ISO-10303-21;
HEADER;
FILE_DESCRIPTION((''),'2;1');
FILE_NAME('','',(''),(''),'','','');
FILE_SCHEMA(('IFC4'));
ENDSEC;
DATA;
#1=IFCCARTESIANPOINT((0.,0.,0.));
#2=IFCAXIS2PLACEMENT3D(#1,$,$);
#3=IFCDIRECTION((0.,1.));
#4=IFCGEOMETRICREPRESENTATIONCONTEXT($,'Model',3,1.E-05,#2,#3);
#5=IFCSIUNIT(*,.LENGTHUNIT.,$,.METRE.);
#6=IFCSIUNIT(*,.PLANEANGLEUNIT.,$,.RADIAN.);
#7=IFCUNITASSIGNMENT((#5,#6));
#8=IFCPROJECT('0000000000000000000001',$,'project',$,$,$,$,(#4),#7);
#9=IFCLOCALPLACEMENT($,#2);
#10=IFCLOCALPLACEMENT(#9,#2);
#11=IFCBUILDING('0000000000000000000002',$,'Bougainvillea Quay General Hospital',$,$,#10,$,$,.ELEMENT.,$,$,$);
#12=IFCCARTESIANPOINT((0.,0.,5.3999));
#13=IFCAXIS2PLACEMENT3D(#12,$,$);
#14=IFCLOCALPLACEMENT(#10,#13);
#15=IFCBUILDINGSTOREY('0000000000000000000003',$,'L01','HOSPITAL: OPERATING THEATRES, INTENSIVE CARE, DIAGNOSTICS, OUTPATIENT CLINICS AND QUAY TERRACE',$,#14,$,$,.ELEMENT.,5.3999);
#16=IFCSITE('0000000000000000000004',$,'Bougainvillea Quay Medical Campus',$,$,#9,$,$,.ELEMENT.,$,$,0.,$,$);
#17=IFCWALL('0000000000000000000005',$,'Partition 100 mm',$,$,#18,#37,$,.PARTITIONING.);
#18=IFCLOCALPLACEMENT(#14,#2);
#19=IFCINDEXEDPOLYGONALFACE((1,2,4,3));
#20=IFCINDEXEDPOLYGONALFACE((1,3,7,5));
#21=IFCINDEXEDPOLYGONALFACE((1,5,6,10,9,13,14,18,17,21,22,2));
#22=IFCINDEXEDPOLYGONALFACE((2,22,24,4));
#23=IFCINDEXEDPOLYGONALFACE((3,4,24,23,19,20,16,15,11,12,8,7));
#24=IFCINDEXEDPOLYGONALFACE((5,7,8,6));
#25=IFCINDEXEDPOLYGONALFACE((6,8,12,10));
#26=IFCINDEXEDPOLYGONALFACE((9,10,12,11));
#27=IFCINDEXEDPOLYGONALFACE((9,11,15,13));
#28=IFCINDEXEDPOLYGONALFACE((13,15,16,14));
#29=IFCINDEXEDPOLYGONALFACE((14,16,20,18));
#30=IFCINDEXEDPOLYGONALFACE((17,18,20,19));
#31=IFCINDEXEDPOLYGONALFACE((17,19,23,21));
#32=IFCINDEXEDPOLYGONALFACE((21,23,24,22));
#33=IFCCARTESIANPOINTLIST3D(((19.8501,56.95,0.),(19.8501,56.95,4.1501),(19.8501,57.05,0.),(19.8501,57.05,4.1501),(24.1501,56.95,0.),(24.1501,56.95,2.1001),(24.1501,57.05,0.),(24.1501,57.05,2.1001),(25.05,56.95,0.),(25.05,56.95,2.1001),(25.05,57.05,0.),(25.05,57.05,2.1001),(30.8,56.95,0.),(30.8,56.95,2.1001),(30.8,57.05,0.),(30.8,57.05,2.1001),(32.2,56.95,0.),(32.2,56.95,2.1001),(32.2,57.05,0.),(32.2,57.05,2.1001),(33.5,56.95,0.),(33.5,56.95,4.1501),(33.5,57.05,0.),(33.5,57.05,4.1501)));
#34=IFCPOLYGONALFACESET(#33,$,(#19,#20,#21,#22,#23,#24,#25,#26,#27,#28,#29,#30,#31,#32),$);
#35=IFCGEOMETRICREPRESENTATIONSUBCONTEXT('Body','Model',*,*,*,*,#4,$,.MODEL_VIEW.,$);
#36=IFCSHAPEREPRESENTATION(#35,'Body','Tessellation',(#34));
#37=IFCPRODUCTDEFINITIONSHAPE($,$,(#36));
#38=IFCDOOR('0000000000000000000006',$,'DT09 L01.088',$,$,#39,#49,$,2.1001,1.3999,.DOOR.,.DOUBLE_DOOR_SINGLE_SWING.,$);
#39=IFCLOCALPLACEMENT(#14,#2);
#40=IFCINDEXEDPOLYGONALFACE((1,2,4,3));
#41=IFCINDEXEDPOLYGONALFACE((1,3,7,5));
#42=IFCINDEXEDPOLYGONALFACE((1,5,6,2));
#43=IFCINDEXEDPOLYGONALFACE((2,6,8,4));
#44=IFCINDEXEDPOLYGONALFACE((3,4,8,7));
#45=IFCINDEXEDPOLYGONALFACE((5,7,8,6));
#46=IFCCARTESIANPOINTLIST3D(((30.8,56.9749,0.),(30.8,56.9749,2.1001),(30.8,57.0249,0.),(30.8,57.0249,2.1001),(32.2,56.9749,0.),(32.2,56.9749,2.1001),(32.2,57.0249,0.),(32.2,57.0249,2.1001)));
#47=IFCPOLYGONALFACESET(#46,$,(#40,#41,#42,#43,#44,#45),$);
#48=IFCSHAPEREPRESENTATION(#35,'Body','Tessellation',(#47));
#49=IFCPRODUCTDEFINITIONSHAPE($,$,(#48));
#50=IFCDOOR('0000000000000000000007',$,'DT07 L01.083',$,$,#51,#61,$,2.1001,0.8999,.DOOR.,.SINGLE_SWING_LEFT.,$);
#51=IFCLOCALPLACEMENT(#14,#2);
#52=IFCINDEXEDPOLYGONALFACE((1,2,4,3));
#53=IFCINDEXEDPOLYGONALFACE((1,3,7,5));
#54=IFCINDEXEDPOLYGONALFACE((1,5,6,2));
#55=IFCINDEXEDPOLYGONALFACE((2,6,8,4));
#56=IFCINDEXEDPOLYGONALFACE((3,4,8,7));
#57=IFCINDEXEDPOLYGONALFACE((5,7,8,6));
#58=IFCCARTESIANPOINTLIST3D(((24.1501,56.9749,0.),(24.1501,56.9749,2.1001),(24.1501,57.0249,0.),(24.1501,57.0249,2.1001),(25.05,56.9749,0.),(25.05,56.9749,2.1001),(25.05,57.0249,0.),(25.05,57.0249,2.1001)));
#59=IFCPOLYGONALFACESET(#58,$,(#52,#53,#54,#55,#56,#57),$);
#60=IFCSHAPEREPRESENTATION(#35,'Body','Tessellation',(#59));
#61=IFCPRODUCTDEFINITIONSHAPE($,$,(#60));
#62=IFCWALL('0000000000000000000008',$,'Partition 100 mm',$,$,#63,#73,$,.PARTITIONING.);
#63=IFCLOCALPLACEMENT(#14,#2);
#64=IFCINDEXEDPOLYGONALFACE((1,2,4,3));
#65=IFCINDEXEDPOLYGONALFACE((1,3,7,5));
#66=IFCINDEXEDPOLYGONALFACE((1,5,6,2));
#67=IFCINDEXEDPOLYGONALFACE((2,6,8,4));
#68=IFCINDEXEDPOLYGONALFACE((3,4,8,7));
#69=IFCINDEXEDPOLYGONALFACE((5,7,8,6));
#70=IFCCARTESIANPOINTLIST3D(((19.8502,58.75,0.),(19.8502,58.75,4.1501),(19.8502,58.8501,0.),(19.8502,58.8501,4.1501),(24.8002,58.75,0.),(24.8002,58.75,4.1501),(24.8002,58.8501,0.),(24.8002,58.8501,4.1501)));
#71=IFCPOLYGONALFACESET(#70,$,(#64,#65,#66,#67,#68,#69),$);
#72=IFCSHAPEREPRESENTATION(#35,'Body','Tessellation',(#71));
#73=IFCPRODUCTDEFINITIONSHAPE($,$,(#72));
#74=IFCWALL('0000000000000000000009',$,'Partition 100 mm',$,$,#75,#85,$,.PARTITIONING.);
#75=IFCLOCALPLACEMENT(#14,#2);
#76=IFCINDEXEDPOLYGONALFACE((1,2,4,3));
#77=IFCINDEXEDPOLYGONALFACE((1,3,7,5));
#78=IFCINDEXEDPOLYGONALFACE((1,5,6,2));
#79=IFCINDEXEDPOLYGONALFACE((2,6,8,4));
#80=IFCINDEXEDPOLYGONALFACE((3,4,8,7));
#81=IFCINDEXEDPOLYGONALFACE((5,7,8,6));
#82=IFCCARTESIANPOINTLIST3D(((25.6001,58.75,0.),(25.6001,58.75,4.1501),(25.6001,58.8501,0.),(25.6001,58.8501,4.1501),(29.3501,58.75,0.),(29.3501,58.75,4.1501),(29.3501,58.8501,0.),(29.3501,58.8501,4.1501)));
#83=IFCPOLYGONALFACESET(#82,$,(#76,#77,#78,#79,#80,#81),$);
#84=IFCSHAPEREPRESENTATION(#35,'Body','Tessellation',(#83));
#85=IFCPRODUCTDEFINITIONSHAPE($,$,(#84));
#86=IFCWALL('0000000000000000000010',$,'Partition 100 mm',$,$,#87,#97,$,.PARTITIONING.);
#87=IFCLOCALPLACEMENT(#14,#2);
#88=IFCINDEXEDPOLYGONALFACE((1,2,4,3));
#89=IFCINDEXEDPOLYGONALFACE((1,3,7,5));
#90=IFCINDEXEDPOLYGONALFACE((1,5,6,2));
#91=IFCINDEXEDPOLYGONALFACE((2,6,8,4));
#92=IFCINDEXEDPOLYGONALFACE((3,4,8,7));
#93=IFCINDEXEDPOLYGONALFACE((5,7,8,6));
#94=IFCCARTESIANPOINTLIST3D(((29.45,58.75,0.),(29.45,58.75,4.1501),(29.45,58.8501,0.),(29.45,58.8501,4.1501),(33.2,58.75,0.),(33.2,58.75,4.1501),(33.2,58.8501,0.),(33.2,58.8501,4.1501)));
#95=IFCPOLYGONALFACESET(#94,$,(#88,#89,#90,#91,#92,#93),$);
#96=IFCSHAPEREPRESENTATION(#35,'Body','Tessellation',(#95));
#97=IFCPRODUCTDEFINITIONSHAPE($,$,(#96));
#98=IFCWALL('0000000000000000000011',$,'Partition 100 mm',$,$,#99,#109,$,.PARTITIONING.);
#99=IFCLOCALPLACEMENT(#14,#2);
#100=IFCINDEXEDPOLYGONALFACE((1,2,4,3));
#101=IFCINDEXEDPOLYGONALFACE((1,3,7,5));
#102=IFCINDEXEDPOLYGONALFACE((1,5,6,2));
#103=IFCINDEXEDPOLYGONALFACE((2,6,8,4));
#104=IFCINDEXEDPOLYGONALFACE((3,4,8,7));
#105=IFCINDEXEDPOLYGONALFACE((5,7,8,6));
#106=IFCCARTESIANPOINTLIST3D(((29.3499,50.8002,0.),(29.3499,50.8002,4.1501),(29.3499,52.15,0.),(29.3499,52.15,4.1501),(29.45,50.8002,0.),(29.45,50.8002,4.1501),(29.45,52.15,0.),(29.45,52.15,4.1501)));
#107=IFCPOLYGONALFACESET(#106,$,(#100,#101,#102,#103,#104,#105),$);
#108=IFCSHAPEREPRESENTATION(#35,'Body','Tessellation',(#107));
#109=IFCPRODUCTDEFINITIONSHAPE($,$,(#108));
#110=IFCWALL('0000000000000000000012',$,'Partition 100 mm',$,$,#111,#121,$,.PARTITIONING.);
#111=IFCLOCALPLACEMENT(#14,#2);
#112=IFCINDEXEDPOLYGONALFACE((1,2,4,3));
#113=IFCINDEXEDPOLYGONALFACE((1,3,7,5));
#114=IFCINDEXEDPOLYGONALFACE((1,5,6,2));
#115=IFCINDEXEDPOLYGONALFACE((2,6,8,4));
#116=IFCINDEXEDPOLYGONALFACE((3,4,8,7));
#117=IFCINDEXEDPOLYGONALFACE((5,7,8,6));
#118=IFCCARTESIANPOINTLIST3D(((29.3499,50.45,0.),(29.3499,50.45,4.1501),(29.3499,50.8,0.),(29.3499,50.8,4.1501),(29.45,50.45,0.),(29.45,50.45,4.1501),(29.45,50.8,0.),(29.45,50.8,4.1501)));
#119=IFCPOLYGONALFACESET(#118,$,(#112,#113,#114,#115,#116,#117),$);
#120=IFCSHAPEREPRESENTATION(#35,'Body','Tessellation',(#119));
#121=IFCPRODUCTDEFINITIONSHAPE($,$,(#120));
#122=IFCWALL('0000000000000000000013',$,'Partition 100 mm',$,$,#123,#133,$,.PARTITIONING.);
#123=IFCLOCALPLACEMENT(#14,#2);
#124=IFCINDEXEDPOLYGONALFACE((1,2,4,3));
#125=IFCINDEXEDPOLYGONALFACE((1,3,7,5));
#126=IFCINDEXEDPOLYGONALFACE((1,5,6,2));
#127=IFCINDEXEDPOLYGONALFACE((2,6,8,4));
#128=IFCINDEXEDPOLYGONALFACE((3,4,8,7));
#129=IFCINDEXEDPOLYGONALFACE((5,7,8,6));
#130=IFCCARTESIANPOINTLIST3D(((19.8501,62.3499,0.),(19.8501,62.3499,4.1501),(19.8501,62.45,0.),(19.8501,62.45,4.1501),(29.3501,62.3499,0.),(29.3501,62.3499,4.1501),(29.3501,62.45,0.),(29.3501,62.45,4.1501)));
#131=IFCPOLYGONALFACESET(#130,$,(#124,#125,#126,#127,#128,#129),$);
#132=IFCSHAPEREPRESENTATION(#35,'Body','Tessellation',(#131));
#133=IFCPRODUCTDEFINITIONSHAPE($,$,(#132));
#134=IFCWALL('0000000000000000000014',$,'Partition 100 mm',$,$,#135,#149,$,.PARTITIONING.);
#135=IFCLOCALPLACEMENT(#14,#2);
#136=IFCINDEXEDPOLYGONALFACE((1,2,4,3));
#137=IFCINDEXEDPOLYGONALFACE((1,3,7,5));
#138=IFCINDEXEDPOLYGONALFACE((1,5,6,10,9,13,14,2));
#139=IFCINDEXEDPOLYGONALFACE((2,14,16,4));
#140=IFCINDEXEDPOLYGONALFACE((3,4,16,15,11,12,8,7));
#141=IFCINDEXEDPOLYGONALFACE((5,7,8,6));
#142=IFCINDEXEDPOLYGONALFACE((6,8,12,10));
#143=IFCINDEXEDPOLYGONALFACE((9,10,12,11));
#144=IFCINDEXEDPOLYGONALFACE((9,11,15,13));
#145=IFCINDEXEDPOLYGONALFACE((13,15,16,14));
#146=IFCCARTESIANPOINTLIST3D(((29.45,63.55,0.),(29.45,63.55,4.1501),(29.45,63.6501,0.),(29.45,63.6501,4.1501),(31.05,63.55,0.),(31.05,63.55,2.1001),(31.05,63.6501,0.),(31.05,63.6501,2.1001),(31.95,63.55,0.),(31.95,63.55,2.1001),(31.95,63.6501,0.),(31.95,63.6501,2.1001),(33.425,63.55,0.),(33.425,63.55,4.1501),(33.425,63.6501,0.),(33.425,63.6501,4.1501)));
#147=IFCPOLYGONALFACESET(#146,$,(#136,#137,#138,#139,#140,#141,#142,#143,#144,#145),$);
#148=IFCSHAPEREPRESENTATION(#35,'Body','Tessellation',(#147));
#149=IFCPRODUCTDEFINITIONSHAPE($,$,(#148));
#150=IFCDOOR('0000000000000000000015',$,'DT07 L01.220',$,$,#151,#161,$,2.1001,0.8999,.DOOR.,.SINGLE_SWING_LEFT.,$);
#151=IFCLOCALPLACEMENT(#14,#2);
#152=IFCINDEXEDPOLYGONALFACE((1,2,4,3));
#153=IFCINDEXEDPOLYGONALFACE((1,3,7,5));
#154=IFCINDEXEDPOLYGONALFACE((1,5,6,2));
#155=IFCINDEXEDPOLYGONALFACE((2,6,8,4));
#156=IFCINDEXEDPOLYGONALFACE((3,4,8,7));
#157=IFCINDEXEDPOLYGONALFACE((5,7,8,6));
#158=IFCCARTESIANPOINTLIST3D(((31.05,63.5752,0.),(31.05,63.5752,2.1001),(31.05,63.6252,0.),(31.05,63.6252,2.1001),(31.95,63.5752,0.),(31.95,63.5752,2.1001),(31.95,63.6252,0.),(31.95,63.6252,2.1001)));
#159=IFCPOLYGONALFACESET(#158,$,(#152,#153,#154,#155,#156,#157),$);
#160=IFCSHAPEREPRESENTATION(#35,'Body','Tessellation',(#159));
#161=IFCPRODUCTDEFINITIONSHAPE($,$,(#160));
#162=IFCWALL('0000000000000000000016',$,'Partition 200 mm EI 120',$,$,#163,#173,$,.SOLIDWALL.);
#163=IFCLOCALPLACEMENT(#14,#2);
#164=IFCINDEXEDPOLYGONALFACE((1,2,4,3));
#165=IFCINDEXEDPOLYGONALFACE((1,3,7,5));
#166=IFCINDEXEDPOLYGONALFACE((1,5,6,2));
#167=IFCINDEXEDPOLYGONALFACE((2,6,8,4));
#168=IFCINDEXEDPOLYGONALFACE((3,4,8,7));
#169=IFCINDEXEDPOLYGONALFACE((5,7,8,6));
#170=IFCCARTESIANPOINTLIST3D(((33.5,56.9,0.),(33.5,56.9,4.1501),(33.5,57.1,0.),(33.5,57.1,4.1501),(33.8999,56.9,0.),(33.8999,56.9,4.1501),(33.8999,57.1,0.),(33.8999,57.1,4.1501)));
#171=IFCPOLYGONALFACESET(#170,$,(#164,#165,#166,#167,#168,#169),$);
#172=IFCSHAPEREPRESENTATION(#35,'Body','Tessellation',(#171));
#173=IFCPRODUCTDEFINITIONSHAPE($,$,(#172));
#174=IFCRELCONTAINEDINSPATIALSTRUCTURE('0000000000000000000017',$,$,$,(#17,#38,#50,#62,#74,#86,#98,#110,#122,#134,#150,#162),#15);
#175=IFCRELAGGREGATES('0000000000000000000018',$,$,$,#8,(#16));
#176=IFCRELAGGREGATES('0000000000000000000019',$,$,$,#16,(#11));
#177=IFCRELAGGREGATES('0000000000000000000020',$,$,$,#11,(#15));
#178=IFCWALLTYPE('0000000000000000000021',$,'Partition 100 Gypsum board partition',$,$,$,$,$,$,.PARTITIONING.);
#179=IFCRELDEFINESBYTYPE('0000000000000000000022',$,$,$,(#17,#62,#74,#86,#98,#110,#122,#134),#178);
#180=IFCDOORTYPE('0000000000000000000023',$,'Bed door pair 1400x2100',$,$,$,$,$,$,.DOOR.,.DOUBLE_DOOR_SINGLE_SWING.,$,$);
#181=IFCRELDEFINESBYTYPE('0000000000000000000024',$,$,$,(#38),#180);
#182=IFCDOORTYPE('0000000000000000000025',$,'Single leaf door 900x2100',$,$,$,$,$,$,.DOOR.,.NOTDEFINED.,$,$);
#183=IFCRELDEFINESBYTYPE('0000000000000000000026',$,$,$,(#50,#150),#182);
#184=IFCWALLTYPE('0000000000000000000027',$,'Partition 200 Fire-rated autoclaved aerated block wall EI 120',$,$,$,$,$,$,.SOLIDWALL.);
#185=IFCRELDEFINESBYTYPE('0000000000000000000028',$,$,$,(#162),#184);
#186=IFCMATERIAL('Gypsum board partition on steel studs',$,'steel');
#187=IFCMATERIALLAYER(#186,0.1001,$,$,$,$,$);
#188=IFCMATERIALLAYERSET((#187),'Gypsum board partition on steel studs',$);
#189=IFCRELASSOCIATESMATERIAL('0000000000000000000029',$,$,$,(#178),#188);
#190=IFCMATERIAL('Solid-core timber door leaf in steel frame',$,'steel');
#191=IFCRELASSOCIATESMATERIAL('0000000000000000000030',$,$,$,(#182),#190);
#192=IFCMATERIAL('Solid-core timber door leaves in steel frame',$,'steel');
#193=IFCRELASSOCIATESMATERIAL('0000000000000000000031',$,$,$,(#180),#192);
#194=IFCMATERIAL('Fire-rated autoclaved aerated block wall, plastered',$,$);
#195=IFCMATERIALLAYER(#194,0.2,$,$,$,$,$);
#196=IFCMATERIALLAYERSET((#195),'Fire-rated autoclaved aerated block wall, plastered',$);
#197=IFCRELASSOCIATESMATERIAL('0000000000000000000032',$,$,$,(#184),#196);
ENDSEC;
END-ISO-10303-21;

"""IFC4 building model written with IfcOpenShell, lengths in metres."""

from ifc_helpers import new_model, si_unit, direction, frame, frame_2d, origin, place, context, subcontext, project, spatial, rectangle, extrude, material, layer, layer_set, type_object, element, fill, save


model = new_model("IFC4")

# Units and contexts
model_context = context("Model", 3, precision=1e-05, world=origin(), true_north=direction((0.0, 1.0)))
body_context = subcontext(model_context, "Body", "Model", "MODEL_VIEW")
ifc_project = project(units=[si_unit("LENGTHUNIT", "METRE"), si_unit("PLANEANGLEUNIT", "RADIAN")], contexts=[model_context])

# Site, building, storey
site_placement = place(None, origin())
site = spatial("IfcSite", under=ifc_project, at=site_placement, Name="Bougainvillea Quay Medical Campus", CompositionType="ELEMENT", RefElevation=0.0)
building_placement = place(site_placement, origin())
building = spatial("IfcBuilding", under=site, at=building_placement, Name="Bougainvillea Quay General Hospital", CompositionType="ELEMENT")
storey_placement = place(building_placement, frame((0.0, 0.0, 5.3999)))
storey = spatial("IfcBuildingStorey", under=building, at=storey_placement, Name="L01", Description="HOSPITAL: OPERATING THEATRES, INTENSIVE CARE, DIAGNOSTICS, OUTPATIENT CLINICS AND QUAY TERRACE", CompositionType="ELEMENT", Elevation=5.3999)

# Wall, openings, doors
ifc_material_1 = material(Name="Gypsum board partition on steel studs", Category="steel")
ifc_layer_1 = layer(ifc_material_1, 0.1001)
ifc_layer_set_1 = layer_set([ifc_layer_1], Name="Gypsum board partition on steel studs")
wall_type_1 = type_object("IfcWallType", Name="Partition 100 Gypsum board partition", PredefinedType="PARTITIONING", material=ifc_layer_set_1)
ifc_material_2 = material(Name="Solid-core timber door leaf in steel frame", Category="steel")
door_type_1 = type_object("IfcDoorType", Name="Single leaf door 900x2100", OperationType="NOTDEFINED", PredefinedType="DOOR", material=ifc_material_2)
ifc_material_3 = material(Name="Solid-core timber door leaves in steel frame", Category="steel")
door_type_2 = type_object("IfcDoorType", Name="Bed door pair 1400x2100", OperationType="DOUBLE_DOOR_SINGLE_SWING", PredefinedType="DOOR", material=ifc_material_3)
wall_1_placement = place(storey_placement, frame((19.8501, 57.0, 0.0), z_axis=(0.0, 0.0, 1.0), x_axis=(1.0, 0.0, 0.0)))
wall_1 = element("IfcWall", 1, at=wall_1_placement, inside=storey, type_object=wall_type_1, Name="Partition 100 mm", PredefinedType="PARTITIONING", context=body_context, shape_type="SweptSolid", body=[
    extrude(rectangle(XDim=13.6499, YDim=0.1001, at=frame_2d((6.825, 0.0))), origin(), (0.0, 0.0, 1.0), 4.1501),
])
opening_1_placement = place(wall_1_placement, frame((4.3, 0.0, 0.0)))
opening_1 = element("IfcOpeningElement", 2, at=opening_1_placement, cuts=wall_1, PredefinedType="OPENING", context=body_context, shape_type="SweptSolid", body=[
    extrude(rectangle(XDim=0.8999, YDim=2.1001, at=frame_2d((0.45, 1.05))), frame((0.0, 0.0601, 0.0), z_axis=(0.0, -1.0, 0.0), x_axis=(1.0, 0.0, 0.0)), (0.0, 0.0, 1.0), 0.1201),
])
opening_2_placement = place(wall_1_placement, frame((10.95, 0.0, 0.0)))
opening_2 = element("IfcOpeningElement", 3, at=opening_2_placement, cuts=wall_1, PredefinedType="OPENING", context=body_context, shape_type="SweptSolid", body=[
    extrude(rectangle(XDim=1.3999, YDim=2.1001, at=frame_2d((0.7, 1.05))), frame((0.0, 0.0601, 0.0), z_axis=(0.0, -1.0, 0.0), x_axis=(1.0, 0.0, 0.0)), (0.0, 0.0, 1.0), 0.1201),
])
door_1_placement = place(opening_2_placement, origin())
door_1 = element("IfcDoor", 4, at=door_1_placement, inside=storey, type_object=door_type_2, Name="DT09 L01.088", OperationType="DOUBLE_DOOR_SINGLE_SWING", OverallHeight=2.1001, OverallWidth=1.3999, PredefinedType="DOOR", context=body_context, shape_type="SweptSolid", body=[
    extrude(rectangle(XDim=1.3999, YDim=2.1001, at=frame_2d((0.7, 1.05))), frame((0.0, 0.0249, 0.0), z_axis=(0.0, -1.0, 0.0), x_axis=(1.0, 0.0, 0.0)), (0.0, 0.0, 1.0), 0.05),
])
fill(opening_2, door_1)
door_2_placement = place(opening_1_placement, origin())
door_2 = element("IfcDoor", 5, at=door_2_placement, inside=storey, type_object=door_type_1, Name="DT07 L01.083", OperationType="SINGLE_SWING_LEFT", OverallHeight=2.1001, OverallWidth=0.8999, PredefinedType="DOOR", context=body_context, shape_type="SweptSolid", body=[
    extrude(rectangle(XDim=0.8999, YDim=2.1001, at=frame_2d((0.45, 1.05))), frame((0.0, 0.0249, 0.0), z_axis=(0.0, -1.0, 0.0), x_axis=(1.0, 0.0, 0.0)), (0.0, 0.0, 1.0), 0.05),
])
fill(opening_1, door_2)

# Walls
wall_2_placement = place(storey_placement, frame((19.8501, 58.8, 0.0), z_axis=(0.0, 0.0, 1.0), x_axis=(1.0, 0.0, 0.0)))
element("IfcWall", 6, at=wall_2_placement, inside=storey, type_object=wall_type_1, Name="Partition 100 mm", PredefinedType="PARTITIONING", context=body_context, shape_type="SweptSolid", body=[
    extrude(rectangle(XDim=4.95, YDim=0.1001, at=frame_2d((2.4751, 0.0))), origin(), (0.0, 0.0, 1.0), 4.1501),
])
for number, where, z_axis, x_axis, name in (
    (7, (25.6001, 58.8, 0.0), (0.0, 0.0, 1.0), (1.0, 0.0, 0.0), "Partition 100 mm"),
    (8, (29.45, 58.8, 0.0), (0.0, 0.0, 1.0), (1.0, 0.0, 0.0), "Partition 100 mm"),
):
    element("IfcWall", number, at=place(storey_placement, frame(where, z_axis=z_axis, x_axis=x_axis)), inside=storey, type_object=wall_type_1, Name=name, PredefinedType="PARTITIONING", context=body_context, shape_type="SweptSolid", body=[
        extrude(rectangle(XDim=3.75, YDim=0.1001, at=frame_2d((1.875, 0.0))), origin(), (0.0, 0.0, 1.0), 4.1501),
    ])
wall_3_placement = place(storey_placement, frame((29.3999, 52.1499, 0.0), z_axis=(0.0, 0.0, 1.0), x_axis=(0.0, -1.0, 0.0)))
element("IfcWall", 9, at=wall_3_placement, inside=storey, type_object=wall_type_1, Name="Partition 100 mm", PredefinedType="PARTITIONING", context=body_context, shape_type="SweptSolid", body=[
    extrude(rectangle(XDim=1.3499, YDim=0.1001, at=frame_2d((0.6748, 0.0))), origin(), (0.0, 0.0, 1.0), 4.1501),
])
wall_4_placement = place(storey_placement, frame((29.3999, 50.8, 0.0), z_axis=(0.0, 0.0, 1.0), x_axis=(0.0, -1.0, 0.0)))
element("IfcWall", 10, at=wall_4_placement, inside=storey, type_object=wall_type_1, Name="Partition 100 mm", PredefinedType="PARTITIONING", context=body_context, shape_type="SweptSolid", body=[
    extrude(rectangle(XDim=0.3501, YDim=0.1001, at=frame_2d((0.175, 0.0))), origin(), (0.0, 0.0, 1.0), 4.1501),
])
wall_5_placement = place(storey_placement, frame((19.8501, 62.3999, 0.0), z_axis=(0.0, 0.0, 1.0), x_axis=(1.0, 0.0, 0.0)))
element("IfcWall", 11, at=wall_5_placement, inside=storey, type_object=wall_type_1, Name="Partition 100 mm", PredefinedType="PARTITIONING", context=body_context, shape_type="SweptSolid", body=[
    extrude(rectangle(XDim=9.5, YDim=0.1001, at=frame_2d((4.75, 0.0))), origin(), (0.0, 0.0, 1.0), 4.1501),
])

# Wall, opening, door
wall_6_placement = place(storey_placement, frame((29.45, 63.6001, 0.0), z_axis=(0.0, 0.0, 1.0), x_axis=(1.0, 0.0, 0.0)))
wall_6 = element("IfcWall", 12, at=wall_6_placement, inside=storey, type_object=wall_type_1, Name="Partition 100 mm", PredefinedType="PARTITIONING", context=body_context, shape_type="SweptSolid", body=[
    extrude(rectangle(XDim=3.9751, YDim=0.1001, at=frame_2d((1.9875, 0.0))), origin(), (0.0, 0.0, 1.0), 4.1501),
])
opening_3_placement = place(wall_6_placement, frame((1.6001, 0.0, 0.0)))
opening_3 = element("IfcOpeningElement", 13, at=opening_3_placement, cuts=wall_6, PredefinedType="OPENING", context=body_context, shape_type="SweptSolid", body=[
    extrude(rectangle(XDim=0.8999, YDim=2.1001, at=frame_2d((0.45, 1.05))), frame((0.0, 0.0601, 0.0), z_axis=(0.0, -1.0, 0.0), x_axis=(1.0, 0.0, 0.0)), (0.0, 0.0, 1.0), 0.1201),
])
door_3_placement = place(opening_3_placement, frame((0.8999, 0.0, 0.0), z_axis=(0.0, 0.0, 1.0), x_axis=(-1.0, 0.0, 0.0)))
door_3 = element("IfcDoor", 14, at=door_3_placement, inside=storey, type_object=door_type_1, Name="DT07 L01.220", OperationType="SINGLE_SWING_LEFT", OverallHeight=2.1001, OverallWidth=0.8999, PredefinedType="DOOR", context=body_context, shape_type="SweptSolid", body=[
    extrude(rectangle(XDim=0.8999, YDim=2.1001, at=frame_2d((0.45, 1.05))), frame((0.0, 0.0249, 0.0), z_axis=(0.0, -1.0, 0.0), x_axis=(1.0, 0.0, 0.0)), (0.0, 0.0, 1.0), 0.05),
])
fill(opening_3, door_3)

# Wall
ifc_material_4 = material(Name="Fire-rated autoclaved aerated block wall, plastered")
ifc_layer_2 = layer(ifc_material_4, 0.2)
ifc_layer_set_2 = layer_set([ifc_layer_2], Name="Fire-rated autoclaved aerated block wall, plastered")
wall_type_2 = type_object("IfcWallType", Name="Partition 200 Fire-rated autoclaved aerated block wall EI 120", PredefinedType="SOLIDWALL", material=ifc_layer_set_2)
wall_7_placement = place(storey_placement, frame((33.5, 57.0, 0.0), z_axis=(0.0, 0.0, 1.0), x_axis=(1.0, 0.0, 0.0)))
element("IfcWall", 15, at=wall_7_placement, inside=storey, type_object=wall_type_2, Name="Partition 200 mm EI 120", PredefinedType="SOLIDWALL", context=body_context, shape_type="SweptSolid", body=[
    extrude(rectangle(XDim=0.3999, YDim=0.2, at=frame_2d((0.2, 0.0))), origin(), (0.0, 0.0, 1.0), 4.1501),
])

save(model, "model.ifc")
